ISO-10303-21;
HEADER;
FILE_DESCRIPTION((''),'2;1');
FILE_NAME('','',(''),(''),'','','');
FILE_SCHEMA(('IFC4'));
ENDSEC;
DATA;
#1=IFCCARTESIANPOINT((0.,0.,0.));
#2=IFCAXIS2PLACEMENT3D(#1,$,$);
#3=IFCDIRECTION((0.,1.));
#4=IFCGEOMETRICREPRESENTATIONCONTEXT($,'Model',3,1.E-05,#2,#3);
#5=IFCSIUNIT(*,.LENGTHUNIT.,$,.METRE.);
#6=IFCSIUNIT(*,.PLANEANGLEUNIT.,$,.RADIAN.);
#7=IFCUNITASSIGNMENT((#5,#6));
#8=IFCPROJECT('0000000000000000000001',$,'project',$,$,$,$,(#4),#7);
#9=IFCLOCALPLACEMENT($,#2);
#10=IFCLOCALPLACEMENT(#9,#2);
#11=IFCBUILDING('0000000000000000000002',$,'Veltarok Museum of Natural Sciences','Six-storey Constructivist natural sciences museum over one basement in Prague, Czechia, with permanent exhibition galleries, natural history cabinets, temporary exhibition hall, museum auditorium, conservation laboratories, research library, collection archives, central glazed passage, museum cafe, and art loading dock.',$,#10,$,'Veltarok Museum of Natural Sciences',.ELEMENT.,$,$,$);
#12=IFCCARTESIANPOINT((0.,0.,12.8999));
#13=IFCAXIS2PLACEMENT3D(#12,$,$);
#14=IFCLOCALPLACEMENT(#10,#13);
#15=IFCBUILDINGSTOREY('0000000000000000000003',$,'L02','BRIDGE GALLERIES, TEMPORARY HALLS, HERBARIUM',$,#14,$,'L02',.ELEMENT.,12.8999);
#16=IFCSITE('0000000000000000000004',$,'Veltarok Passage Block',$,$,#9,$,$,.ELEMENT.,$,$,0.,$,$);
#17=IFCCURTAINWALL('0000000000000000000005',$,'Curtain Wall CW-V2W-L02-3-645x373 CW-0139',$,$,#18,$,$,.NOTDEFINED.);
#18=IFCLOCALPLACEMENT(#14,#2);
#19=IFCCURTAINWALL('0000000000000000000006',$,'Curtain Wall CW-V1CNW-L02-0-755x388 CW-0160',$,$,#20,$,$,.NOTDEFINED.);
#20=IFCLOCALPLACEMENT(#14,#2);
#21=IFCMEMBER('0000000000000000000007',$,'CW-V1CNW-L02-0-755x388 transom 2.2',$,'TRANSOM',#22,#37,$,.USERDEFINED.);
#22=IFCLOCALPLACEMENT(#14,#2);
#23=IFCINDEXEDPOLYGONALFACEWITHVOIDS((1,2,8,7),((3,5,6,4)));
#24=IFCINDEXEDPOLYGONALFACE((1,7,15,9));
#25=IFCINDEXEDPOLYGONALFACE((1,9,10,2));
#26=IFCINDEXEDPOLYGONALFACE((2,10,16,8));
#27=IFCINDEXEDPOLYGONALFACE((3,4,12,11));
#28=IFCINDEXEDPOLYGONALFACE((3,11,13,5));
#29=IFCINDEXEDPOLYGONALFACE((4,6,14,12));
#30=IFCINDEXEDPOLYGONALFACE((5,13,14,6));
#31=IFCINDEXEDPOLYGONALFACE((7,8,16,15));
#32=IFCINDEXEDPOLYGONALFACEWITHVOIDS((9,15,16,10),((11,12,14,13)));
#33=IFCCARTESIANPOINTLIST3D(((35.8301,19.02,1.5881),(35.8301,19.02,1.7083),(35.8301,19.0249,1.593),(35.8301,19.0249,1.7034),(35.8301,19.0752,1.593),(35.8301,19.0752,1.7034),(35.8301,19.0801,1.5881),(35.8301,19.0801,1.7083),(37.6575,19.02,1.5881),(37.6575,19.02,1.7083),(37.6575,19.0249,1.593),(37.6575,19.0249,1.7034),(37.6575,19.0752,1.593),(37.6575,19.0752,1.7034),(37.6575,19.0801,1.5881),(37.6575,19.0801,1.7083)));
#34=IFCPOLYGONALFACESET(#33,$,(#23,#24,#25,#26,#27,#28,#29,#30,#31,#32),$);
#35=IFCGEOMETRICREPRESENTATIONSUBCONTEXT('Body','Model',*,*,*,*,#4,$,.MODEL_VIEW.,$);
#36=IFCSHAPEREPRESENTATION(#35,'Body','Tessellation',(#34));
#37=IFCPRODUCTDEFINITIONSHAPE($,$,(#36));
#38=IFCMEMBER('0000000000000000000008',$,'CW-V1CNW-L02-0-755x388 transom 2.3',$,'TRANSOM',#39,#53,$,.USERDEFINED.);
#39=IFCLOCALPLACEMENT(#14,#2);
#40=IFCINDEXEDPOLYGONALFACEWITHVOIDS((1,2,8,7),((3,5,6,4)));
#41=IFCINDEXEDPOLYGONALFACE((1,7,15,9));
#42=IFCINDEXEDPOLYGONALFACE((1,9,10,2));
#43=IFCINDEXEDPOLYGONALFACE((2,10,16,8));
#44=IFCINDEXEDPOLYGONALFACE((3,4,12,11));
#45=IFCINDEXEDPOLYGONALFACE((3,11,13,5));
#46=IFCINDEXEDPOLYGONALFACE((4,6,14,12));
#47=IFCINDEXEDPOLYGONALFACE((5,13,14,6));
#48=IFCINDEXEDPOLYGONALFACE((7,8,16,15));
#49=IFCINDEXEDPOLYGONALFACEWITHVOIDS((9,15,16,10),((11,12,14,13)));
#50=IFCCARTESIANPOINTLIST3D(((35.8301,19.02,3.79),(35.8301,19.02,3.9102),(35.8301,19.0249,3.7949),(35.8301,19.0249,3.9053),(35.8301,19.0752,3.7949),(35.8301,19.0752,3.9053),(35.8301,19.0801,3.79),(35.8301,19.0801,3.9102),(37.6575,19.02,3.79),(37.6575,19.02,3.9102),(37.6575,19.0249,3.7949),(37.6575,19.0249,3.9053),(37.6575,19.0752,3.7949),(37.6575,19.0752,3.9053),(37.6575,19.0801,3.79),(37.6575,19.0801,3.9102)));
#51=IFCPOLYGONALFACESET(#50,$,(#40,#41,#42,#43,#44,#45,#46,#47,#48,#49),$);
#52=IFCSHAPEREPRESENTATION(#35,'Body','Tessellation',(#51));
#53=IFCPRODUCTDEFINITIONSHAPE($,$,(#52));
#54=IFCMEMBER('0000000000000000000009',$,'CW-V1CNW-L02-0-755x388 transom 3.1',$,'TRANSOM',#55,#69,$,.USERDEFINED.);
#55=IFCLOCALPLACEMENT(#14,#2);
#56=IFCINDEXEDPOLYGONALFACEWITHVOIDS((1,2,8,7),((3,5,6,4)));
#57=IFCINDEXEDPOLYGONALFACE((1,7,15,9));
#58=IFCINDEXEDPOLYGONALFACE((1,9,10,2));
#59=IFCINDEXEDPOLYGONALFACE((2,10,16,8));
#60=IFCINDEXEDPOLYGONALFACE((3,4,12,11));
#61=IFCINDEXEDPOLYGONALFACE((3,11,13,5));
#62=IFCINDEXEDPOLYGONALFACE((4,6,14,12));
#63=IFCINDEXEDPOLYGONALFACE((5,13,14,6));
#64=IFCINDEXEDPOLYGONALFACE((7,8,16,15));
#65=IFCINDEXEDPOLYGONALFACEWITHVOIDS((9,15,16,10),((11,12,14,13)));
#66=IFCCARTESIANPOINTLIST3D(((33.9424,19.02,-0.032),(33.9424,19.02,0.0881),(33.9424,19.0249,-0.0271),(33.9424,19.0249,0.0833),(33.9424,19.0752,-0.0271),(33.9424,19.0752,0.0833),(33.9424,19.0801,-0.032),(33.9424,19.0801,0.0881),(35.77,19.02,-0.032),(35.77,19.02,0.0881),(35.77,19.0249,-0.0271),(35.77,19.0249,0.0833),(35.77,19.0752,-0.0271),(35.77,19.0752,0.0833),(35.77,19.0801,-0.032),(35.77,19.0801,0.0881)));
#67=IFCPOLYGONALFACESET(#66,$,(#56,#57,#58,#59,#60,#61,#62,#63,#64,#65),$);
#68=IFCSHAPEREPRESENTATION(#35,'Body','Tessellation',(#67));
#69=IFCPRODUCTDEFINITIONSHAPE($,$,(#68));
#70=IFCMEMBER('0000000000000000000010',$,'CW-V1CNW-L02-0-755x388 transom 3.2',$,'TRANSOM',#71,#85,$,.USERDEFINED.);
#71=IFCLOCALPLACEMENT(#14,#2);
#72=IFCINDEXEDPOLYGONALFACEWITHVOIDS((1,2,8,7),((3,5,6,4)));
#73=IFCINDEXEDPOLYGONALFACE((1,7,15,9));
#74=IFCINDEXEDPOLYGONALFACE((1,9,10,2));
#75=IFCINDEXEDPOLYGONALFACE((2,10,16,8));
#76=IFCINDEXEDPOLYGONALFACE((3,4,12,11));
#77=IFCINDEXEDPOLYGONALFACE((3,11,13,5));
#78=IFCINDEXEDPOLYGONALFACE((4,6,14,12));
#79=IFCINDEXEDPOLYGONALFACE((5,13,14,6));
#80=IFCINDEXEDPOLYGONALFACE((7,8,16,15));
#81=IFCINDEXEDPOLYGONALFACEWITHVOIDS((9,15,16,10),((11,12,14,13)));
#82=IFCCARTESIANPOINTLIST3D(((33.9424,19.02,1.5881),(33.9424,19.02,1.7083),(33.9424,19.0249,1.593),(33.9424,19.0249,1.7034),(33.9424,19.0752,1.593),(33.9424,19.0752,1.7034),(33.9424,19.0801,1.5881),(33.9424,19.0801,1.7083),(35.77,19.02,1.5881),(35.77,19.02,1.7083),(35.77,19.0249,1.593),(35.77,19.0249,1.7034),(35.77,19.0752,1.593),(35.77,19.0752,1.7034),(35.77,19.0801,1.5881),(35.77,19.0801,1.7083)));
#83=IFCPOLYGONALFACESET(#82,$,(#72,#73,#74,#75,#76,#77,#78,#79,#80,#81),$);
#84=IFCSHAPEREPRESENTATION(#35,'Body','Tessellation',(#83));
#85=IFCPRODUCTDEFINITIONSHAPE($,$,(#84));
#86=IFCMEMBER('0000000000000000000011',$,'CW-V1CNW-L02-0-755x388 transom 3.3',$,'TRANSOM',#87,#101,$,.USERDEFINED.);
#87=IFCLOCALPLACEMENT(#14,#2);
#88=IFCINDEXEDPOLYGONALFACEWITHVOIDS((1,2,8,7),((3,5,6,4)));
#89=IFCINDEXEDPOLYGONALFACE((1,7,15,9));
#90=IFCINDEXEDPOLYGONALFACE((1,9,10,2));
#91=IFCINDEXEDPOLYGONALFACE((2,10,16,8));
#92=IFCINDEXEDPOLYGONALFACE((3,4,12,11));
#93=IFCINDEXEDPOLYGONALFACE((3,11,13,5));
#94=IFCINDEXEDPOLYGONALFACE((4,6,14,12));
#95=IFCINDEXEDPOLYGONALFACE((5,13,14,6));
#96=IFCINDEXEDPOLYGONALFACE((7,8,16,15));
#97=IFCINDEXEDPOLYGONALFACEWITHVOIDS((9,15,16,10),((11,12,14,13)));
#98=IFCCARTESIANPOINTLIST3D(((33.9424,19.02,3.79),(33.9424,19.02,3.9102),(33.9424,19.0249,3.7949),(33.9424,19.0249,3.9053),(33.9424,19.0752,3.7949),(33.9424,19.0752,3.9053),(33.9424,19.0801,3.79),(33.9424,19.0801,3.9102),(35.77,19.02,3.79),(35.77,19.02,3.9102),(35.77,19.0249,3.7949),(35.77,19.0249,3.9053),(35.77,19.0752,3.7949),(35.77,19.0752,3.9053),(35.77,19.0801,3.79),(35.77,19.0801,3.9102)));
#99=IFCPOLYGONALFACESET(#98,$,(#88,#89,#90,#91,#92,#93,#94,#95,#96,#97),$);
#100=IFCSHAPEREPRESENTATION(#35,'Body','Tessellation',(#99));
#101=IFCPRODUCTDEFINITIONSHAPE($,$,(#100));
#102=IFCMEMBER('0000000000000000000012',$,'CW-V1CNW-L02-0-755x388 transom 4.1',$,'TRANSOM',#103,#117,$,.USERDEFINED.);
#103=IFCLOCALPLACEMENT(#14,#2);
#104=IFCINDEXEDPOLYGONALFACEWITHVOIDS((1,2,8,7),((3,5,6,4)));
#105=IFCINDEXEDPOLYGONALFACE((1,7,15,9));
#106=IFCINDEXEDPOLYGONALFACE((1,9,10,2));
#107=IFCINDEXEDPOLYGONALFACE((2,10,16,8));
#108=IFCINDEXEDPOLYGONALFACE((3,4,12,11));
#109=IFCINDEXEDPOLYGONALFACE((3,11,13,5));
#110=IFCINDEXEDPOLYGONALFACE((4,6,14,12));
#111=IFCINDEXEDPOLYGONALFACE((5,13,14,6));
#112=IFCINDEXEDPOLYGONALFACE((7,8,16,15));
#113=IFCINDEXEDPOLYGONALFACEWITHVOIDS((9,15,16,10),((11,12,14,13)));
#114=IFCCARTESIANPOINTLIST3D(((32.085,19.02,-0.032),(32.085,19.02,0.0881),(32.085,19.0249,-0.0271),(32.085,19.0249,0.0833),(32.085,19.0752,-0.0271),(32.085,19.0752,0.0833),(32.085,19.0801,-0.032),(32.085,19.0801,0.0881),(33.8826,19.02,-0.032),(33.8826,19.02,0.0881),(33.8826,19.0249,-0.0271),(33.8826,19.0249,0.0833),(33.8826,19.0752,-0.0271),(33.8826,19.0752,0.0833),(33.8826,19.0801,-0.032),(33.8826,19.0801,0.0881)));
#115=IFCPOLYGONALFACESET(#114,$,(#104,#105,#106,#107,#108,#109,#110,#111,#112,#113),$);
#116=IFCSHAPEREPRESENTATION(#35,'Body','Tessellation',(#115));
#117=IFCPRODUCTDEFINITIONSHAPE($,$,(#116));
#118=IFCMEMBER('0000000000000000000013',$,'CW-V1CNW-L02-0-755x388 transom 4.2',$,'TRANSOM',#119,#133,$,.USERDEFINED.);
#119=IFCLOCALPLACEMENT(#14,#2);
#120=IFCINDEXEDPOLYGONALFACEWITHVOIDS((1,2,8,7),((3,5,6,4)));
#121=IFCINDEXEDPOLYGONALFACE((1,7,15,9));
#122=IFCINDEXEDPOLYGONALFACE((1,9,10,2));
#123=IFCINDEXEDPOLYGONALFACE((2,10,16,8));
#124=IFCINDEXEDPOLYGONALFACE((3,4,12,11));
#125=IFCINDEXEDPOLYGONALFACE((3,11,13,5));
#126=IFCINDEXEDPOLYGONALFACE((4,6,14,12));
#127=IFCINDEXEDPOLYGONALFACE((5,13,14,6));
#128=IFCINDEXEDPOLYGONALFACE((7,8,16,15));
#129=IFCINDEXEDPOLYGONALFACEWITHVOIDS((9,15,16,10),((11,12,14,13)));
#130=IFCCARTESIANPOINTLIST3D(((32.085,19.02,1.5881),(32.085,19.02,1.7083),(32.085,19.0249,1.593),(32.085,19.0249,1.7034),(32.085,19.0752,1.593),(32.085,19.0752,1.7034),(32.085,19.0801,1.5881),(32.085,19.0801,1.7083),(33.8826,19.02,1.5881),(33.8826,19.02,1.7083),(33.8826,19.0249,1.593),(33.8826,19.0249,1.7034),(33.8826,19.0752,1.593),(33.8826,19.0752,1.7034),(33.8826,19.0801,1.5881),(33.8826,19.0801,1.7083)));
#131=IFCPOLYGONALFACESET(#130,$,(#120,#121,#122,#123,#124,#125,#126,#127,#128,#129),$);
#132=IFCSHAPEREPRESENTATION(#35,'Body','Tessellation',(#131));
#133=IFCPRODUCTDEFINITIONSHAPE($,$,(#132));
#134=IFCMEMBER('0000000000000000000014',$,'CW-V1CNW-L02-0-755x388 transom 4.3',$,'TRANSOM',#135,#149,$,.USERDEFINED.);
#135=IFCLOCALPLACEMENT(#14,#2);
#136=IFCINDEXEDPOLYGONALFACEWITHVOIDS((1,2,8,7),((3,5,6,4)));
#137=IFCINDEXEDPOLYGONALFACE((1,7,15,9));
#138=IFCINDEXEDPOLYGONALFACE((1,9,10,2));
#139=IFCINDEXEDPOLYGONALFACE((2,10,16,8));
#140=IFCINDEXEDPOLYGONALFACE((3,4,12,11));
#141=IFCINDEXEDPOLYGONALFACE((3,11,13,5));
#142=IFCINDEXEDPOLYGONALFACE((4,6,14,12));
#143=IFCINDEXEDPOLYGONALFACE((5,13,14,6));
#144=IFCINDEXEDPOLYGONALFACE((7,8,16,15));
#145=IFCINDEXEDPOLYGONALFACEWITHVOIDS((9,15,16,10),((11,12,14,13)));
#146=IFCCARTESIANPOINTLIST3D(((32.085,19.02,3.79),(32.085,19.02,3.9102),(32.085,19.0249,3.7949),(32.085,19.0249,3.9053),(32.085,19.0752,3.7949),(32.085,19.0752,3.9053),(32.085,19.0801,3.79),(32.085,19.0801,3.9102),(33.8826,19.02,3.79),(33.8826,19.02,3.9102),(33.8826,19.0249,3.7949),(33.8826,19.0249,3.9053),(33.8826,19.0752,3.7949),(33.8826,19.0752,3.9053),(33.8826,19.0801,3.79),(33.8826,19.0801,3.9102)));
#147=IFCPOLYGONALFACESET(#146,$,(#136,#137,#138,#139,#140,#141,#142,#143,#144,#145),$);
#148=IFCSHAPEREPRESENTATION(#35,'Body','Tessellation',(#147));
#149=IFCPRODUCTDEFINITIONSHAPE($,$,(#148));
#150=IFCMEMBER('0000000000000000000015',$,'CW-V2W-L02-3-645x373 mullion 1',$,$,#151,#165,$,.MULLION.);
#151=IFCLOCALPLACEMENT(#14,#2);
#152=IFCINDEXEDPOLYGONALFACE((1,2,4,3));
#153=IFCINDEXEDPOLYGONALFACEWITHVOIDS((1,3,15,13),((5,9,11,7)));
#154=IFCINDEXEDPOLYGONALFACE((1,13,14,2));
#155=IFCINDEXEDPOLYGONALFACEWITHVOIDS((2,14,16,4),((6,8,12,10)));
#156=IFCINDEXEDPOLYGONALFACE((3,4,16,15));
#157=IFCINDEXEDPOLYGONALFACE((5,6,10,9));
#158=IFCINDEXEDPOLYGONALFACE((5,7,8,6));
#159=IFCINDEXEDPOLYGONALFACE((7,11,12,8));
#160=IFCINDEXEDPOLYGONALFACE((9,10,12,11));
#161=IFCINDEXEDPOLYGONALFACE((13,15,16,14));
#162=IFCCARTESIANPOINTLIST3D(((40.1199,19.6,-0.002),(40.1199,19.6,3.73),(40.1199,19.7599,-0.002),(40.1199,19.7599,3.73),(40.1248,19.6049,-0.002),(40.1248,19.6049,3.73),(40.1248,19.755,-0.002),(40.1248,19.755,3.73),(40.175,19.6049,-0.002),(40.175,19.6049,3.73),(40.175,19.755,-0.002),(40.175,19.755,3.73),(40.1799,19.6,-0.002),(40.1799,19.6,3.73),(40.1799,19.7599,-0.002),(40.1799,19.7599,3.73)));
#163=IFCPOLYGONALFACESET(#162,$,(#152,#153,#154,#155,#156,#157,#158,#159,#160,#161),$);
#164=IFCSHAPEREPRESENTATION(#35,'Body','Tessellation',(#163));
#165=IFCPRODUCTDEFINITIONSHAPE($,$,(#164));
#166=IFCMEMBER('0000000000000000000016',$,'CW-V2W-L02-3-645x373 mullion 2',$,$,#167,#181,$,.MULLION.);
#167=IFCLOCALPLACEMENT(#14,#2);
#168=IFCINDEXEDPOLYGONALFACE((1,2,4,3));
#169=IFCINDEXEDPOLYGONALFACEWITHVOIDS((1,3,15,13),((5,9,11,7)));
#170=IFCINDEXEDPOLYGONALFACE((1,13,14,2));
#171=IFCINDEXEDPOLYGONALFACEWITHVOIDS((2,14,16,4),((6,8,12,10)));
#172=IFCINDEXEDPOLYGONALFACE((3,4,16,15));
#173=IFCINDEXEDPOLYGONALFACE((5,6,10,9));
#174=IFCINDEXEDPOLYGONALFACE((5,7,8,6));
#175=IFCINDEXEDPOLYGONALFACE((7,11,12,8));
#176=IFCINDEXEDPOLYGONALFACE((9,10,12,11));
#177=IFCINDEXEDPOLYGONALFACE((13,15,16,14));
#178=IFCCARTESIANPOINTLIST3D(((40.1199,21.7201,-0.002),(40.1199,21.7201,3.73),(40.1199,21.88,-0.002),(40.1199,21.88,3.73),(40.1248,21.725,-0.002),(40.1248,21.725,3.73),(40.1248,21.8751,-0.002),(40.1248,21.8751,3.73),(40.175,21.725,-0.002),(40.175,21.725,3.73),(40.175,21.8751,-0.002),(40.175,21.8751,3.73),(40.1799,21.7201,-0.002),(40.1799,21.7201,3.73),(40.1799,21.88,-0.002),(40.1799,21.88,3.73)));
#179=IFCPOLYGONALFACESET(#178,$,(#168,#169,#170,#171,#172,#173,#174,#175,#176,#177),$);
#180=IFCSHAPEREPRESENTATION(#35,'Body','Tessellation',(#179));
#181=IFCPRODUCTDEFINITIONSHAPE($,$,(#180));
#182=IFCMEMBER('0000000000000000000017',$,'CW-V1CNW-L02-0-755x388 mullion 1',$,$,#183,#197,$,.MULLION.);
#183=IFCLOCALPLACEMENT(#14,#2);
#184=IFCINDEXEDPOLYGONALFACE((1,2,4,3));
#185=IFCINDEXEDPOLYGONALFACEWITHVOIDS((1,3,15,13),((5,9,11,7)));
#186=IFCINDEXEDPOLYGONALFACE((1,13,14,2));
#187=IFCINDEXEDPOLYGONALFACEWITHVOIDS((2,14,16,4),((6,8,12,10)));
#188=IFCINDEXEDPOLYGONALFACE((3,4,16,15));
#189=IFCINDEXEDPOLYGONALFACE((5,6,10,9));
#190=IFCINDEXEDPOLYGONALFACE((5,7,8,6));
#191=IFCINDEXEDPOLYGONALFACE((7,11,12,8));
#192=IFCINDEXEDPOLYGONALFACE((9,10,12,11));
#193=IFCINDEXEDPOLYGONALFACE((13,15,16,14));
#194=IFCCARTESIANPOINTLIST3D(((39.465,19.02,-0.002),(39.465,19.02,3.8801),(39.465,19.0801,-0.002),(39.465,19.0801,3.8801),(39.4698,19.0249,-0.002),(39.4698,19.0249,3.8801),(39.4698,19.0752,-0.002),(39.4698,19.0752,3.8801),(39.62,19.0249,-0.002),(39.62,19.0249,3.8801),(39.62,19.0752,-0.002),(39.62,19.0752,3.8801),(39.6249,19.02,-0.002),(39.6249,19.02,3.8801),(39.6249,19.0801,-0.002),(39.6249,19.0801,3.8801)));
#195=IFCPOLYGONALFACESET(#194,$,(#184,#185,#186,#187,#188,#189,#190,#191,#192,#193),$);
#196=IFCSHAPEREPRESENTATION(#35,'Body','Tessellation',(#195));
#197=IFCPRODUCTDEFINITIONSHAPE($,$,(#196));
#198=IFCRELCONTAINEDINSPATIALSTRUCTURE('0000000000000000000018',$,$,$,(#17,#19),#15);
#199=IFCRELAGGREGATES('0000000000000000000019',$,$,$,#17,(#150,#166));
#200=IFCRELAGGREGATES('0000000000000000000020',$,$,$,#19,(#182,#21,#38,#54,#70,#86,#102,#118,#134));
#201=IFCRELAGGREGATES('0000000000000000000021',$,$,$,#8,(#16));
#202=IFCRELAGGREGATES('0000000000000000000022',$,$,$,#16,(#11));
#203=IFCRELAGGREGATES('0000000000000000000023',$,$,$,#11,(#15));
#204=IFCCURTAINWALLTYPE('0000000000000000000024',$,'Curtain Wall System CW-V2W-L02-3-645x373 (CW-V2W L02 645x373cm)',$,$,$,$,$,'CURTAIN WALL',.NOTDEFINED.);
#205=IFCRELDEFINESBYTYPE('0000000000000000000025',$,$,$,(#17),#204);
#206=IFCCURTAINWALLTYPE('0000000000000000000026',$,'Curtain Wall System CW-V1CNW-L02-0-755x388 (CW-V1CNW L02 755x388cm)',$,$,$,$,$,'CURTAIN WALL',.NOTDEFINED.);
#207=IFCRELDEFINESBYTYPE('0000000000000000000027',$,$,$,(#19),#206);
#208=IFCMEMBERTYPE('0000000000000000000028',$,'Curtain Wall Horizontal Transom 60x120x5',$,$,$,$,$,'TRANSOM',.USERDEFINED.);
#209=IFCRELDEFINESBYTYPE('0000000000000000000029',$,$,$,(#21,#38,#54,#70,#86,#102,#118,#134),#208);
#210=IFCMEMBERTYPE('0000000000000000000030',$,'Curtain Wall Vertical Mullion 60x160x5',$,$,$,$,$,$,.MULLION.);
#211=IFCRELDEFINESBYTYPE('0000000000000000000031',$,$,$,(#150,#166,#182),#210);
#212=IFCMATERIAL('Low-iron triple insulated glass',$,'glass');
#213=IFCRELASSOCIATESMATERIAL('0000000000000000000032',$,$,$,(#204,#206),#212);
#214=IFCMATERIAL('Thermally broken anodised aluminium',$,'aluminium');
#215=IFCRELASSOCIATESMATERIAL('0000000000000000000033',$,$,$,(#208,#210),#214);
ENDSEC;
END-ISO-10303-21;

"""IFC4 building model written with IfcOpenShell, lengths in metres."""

from ifc_helpers import new_model, si_unit, direction, frame, origin, origin_2d, place, context, subcontext, project, spatial, hollow_rectangle, extrude, material, material_profile, profile_set, type_object, element, aggregate, save


model = new_model("IFC4")

# Units and contexts
model_context = context("Model", 3, precision=1e-05, world=origin(), true_north=direction((0.0, 1.0)))
body_context = subcontext(model_context, "Body", "Model", "MODEL_VIEW")
ifc_project = project(units=[si_unit("LENGTHUNIT", "METRE"), si_unit("PLANEANGLEUNIT", "RADIAN")], contexts=[model_context])

# Site, building, storey
site_placement = place(None, origin())
site = spatial("IfcSite", under=ifc_project, at=site_placement, Name="Veltarok Passage Block", CompositionType="ELEMENT", RefElevation=0.0)
building_placement = place(site_placement, origin())
building = spatial("IfcBuilding", under=site, at=building_placement, Name="Veltarok Museum of Natural Sciences", Description="Six-storey Constructivist natural sciences museum over one basement in Prague, Czechia, with permanent exhibition galleries, natural history cabinets, temporary exhibition hall, museum auditorium, conservation laboratories, research library, collection archives, central glazed passage, museum cafe, and art loading dock.", LongName="Veltarok Museum of Natural Sciences", CompositionType="ELEMENT")
storey_placement = place(building_placement, frame((0.0, 0.0, 12.8999)))
storey = spatial("IfcBuildingStorey", under=building, at=storey_placement, Name="L02", Description="BRIDGE GALLERIES, TEMPORARY HALLS, HERBARIUM", LongName="L02", CompositionType="ELEMENT", Elevation=12.8999)

# Curtain walls, members
ifc_material_1 = material(Name="Low-iron triple insulated glass", Category="glass")
curtain_wall_type_1 = type_object("IfcCurtainWallType", Name="Curtain Wall System CW-V2W-L02-3-645x373 (CW-V2W L02 645x373cm)", ElementType="CURTAIN WALL", PredefinedType="NOTDEFINED", material=ifc_material_1)
curtain_wall_1_placement = place(storey_placement, origin())
curtain_wall_1 = element("IfcCurtainWall", 1, at=curtain_wall_1_placement, inside=storey, type_object=curtain_wall_type_1, Name="Curtain Wall CW-V2W-L02-3-645x373 CW-0139", PredefinedType="NOTDEFINED")
ifc_material_2 = material(Name="Thermally broken anodised aluminium", Category="aluminium")
ifc_material_profile_1 = material_profile(ifc_material_2, hollow_rectangle(XDim=0.0601, YDim=0.1201, WallThickness=0.0049, at=origin_2d()), Name="CW TRANSOM 60x120x5")
ifc_profile_set_1 = profile_set([ifc_material_profile_1], Name="Thermally broken anodised aluminium")
member_type_1 = type_object("IfcMemberType", Name="Curtain Wall Horizontal Transom 60x120x5", ElementType="TRANSOM", PredefinedType="USERDEFINED", material=ifc_profile_set_1)
curtain_wall_type_2 = type_object("IfcCurtainWallType", Name="Curtain Wall System CW-V1CNW-L02-0-755x388 (CW-V1CNW L02 755x388cm)", ElementType="CURTAIN WALL", PredefinedType="NOTDEFINED", material=ifc_material_1)
curtain_wall_2_placement = place(storey_placement, origin())
curtain_wall_2 = element("IfcCurtainWall", 2, at=curtain_wall_2_placement, inside=storey, type_object=curtain_wall_type_2, Name="Curtain Wall CW-V1CNW-L02-0-755x388 CW-0160", PredefinedType="NOTDEFINED")
member_1_placement = place(storey_placement, frame((37.6575, 19.05, 1.6482), z_axis=(-1.0, 0.0, 0.0), x_axis=(0.0, -1.0, 0.0)))
member_1 = element("IfcMember", 3, at=member_1_placement, type_object=member_type_1, Name="CW-V1CNW-L02-0-755x388 transom 2.2", ObjectType="TRANSOM", PredefinedType="USERDEFINED", context=body_context, shape_type="SweptSolid", body=[
    extrude(hollow_rectangle(XDim=0.0601, YDim=0.1201, WallThickness=0.0049, at=origin_2d()), origin(), (0.0, 0.0, 1.0), 1.8274),
])
member_2_placement = place(storey_placement, frame((37.6575, 19.05, 3.8501), z_axis=(-1.0, 0.0, 0.0), x_axis=(0.0, -1.0, 0.0)))
member_2 = element("IfcMember", 4, at=member_2_placement, type_object=member_type_1, Name="CW-V1CNW-L02-0-755x388 transom 2.3", ObjectType="TRANSOM", PredefinedType="USERDEFINED", context=body_context, shape_type="SweptSolid", body=[
    extrude(hollow_rectangle(XDim=0.0601, YDim=0.1201, WallThickness=0.0049, at=origin_2d()), origin(), (0.0, 0.0, 1.0), 1.8274),
])
member_3_placement = place(storey_placement, frame((35.77, 19.05, 0.0281), z_axis=(-1.0, 0.0, 0.0), x_axis=(0.0, -1.0, 0.0)))
member_3 = element("IfcMember", 5, at=member_3_placement, type_object=member_type_1, Name="CW-V1CNW-L02-0-755x388 transom 3.1", ObjectType="TRANSOM", PredefinedType="USERDEFINED", context=body_context, shape_type="SweptSolid", body=[
    extrude(hollow_rectangle(XDim=0.0601, YDim=0.1201, WallThickness=0.0049, at=origin_2d()), origin(), (0.0, 0.0, 1.0), 1.8276),
])
member_4_placement = place(storey_placement, frame((35.77, 19.05, 1.6482), z_axis=(-1.0, 0.0, 0.0), x_axis=(0.0, -1.0, 0.0)))
member_4 = element("IfcMember", 6, at=member_4_placement, type_object=member_type_1, Name="CW-V1CNW-L02-0-755x388 transom 3.2", ObjectType="TRANSOM", PredefinedType="USERDEFINED", context=body_context, shape_type="SweptSolid", body=[
    extrude(hollow_rectangle(XDim=0.0601, YDim=0.1201, WallThickness=0.0049, at=origin_2d()), origin(), (0.0, 0.0, 1.0), 1.8276),
])
member_5_placement = place(storey_placement, frame((35.77, 19.05, 3.8501), z_axis=(-1.0, 0.0, 0.0), x_axis=(0.0, -1.0, 0.0)))
member_5 = element("IfcMember", 7, at=member_5_placement, type_object=member_type_1, Name="CW-V1CNW-L02-0-755x388 transom 3.3", ObjectType="TRANSOM", PredefinedType="USERDEFINED", context=body_context, shape_type="SweptSolid", body=[
    extrude(hollow_rectangle(XDim=0.0601, YDim=0.1201, WallThickness=0.0049, at=origin_2d()), origin(), (0.0, 0.0, 1.0), 1.8276),
])
member_6_placement = place(storey_placement, frame((33.8826, 19.05, 0.0281), z_axis=(-1.0, 0.0, 0.0), x_axis=(0.0, -1.0, 0.0)))
member_6 = element("IfcMember", 8, at=member_6_placement, type_object=member_type_1, Name="CW-V1CNW-L02-0-755x388 transom 4.1", ObjectType="TRANSOM", PredefinedType="USERDEFINED", context=body_context, shape_type="SweptSolid", body=[
    extrude(hollow_rectangle(XDim=0.0601, YDim=0.1201, WallThickness=0.0049, at=origin_2d()), origin(), (0.0, 0.0, 1.0), 1.7976),
])
member_7_placement = place(storey_placement, frame((33.8826, 19.05, 1.6482), z_axis=(-1.0, 0.0, 0.0), x_axis=(0.0, -1.0, 0.0)))
member_7 = element("IfcMember", 9, at=member_7_placement, type_object=member_type_1, Name="CW-V1CNW-L02-0-755x388 transom 4.2", ObjectType="TRANSOM", PredefinedType="USERDEFINED", context=body_context, shape_type="SweptSolid", body=[
    extrude(hollow_rectangle(XDim=0.0601, YDim=0.1201, WallThickness=0.0049, at=origin_2d()), origin(), (0.0, 0.0, 1.0), 1.7976),
])
member_8_placement = place(storey_placement, frame((33.8826, 19.05, 3.8501), z_axis=(-1.0, 0.0, 0.0), x_axis=(0.0, -1.0, 0.0)))
member_8 = element("IfcMember", 10, at=member_8_placement, type_object=member_type_1, Name="CW-V1CNW-L02-0-755x388 transom 4.3", ObjectType="TRANSOM", PredefinedType="USERDEFINED", context=body_context, shape_type="SweptSolid", body=[
    extrude(hollow_rectangle(XDim=0.0601, YDim=0.1201, WallThickness=0.0049, at=origin_2d()), origin(), (0.0, 0.0, 1.0), 1.7976),
])

# Members
ifc_material_profile_2 = material_profile(ifc_material_2, hollow_rectangle(XDim=0.0601, YDim=0.1599, WallThickness=0.0049, at=origin_2d()), Name="CW MULLION 60x160x5")
ifc_profile_set_2 = profile_set([ifc_material_profile_2], Name="Thermally broken anodised aluminium")
member_type_2 = type_object("IfcMemberType", Name="Curtain Wall Vertical Mullion 60x160x5", PredefinedType="MULLION", material=ifc_profile_set_2)
member_9_placement = place(storey_placement, frame((40.1499, 19.6799, -0.002), z_axis=(0.0, 0.0, 1.0), x_axis=(-1.0, 0.0, 0.0)))
member_9 = element("IfcMember", 11, at=member_9_placement, type_object=member_type_2, Name="CW-V2W-L02-3-645x373 mullion 1", PredefinedType="MULLION", context=body_context, shape_type="SweptSolid", body=[
    extrude(hollow_rectangle(XDim=0.0601, YDim=0.1599, WallThickness=0.0049, at=origin_2d()), origin(), (0.0, 0.0, 1.0), 3.7319),
])
member_10_placement = place(storey_placement, frame((40.1499, 21.8, -0.002), z_axis=(0.0, 0.0, 1.0), x_axis=(-1.0, 0.0, 0.0)))
member_10 = element("IfcMember", 12, at=member_10_placement, type_object=member_type_2, Name="CW-V2W-L02-3-645x373 mullion 2", PredefinedType="MULLION", context=body_context, shape_type="SweptSolid", body=[
    extrude(hollow_rectangle(XDim=0.0601, YDim=0.1599, WallThickness=0.0049, at=origin_2d()), origin(), (0.0, 0.0, 1.0), 3.7319),
])
member_11_placement = place(storey_placement, frame((39.5449, 19.05, -0.002), z_axis=(0.0, 0.0, 1.0), x_axis=(0.0, -1.0, 0.0)))
member_11 = element("IfcMember", 13, at=member_11_placement, type_object=member_type_2, Name="CW-V1CNW-L02-0-755x388 mullion 1", PredefinedType="MULLION", context=body_context, shape_type="SweptSolid", body=[
    extrude(hollow_rectangle(XDim=0.0601, YDim=0.1599, WallThickness=0.0049, at=origin_2d()), origin(), (0.0, 0.0, 1.0), 3.8821),
])

aggregate(curtain_wall_1, [member_9, member_10])
aggregate(curtain_wall_2, [member_11, member_1, member_2, member_3, member_4, member_5, member_6, member_7, member_8])

save(model, "model.ifc")
